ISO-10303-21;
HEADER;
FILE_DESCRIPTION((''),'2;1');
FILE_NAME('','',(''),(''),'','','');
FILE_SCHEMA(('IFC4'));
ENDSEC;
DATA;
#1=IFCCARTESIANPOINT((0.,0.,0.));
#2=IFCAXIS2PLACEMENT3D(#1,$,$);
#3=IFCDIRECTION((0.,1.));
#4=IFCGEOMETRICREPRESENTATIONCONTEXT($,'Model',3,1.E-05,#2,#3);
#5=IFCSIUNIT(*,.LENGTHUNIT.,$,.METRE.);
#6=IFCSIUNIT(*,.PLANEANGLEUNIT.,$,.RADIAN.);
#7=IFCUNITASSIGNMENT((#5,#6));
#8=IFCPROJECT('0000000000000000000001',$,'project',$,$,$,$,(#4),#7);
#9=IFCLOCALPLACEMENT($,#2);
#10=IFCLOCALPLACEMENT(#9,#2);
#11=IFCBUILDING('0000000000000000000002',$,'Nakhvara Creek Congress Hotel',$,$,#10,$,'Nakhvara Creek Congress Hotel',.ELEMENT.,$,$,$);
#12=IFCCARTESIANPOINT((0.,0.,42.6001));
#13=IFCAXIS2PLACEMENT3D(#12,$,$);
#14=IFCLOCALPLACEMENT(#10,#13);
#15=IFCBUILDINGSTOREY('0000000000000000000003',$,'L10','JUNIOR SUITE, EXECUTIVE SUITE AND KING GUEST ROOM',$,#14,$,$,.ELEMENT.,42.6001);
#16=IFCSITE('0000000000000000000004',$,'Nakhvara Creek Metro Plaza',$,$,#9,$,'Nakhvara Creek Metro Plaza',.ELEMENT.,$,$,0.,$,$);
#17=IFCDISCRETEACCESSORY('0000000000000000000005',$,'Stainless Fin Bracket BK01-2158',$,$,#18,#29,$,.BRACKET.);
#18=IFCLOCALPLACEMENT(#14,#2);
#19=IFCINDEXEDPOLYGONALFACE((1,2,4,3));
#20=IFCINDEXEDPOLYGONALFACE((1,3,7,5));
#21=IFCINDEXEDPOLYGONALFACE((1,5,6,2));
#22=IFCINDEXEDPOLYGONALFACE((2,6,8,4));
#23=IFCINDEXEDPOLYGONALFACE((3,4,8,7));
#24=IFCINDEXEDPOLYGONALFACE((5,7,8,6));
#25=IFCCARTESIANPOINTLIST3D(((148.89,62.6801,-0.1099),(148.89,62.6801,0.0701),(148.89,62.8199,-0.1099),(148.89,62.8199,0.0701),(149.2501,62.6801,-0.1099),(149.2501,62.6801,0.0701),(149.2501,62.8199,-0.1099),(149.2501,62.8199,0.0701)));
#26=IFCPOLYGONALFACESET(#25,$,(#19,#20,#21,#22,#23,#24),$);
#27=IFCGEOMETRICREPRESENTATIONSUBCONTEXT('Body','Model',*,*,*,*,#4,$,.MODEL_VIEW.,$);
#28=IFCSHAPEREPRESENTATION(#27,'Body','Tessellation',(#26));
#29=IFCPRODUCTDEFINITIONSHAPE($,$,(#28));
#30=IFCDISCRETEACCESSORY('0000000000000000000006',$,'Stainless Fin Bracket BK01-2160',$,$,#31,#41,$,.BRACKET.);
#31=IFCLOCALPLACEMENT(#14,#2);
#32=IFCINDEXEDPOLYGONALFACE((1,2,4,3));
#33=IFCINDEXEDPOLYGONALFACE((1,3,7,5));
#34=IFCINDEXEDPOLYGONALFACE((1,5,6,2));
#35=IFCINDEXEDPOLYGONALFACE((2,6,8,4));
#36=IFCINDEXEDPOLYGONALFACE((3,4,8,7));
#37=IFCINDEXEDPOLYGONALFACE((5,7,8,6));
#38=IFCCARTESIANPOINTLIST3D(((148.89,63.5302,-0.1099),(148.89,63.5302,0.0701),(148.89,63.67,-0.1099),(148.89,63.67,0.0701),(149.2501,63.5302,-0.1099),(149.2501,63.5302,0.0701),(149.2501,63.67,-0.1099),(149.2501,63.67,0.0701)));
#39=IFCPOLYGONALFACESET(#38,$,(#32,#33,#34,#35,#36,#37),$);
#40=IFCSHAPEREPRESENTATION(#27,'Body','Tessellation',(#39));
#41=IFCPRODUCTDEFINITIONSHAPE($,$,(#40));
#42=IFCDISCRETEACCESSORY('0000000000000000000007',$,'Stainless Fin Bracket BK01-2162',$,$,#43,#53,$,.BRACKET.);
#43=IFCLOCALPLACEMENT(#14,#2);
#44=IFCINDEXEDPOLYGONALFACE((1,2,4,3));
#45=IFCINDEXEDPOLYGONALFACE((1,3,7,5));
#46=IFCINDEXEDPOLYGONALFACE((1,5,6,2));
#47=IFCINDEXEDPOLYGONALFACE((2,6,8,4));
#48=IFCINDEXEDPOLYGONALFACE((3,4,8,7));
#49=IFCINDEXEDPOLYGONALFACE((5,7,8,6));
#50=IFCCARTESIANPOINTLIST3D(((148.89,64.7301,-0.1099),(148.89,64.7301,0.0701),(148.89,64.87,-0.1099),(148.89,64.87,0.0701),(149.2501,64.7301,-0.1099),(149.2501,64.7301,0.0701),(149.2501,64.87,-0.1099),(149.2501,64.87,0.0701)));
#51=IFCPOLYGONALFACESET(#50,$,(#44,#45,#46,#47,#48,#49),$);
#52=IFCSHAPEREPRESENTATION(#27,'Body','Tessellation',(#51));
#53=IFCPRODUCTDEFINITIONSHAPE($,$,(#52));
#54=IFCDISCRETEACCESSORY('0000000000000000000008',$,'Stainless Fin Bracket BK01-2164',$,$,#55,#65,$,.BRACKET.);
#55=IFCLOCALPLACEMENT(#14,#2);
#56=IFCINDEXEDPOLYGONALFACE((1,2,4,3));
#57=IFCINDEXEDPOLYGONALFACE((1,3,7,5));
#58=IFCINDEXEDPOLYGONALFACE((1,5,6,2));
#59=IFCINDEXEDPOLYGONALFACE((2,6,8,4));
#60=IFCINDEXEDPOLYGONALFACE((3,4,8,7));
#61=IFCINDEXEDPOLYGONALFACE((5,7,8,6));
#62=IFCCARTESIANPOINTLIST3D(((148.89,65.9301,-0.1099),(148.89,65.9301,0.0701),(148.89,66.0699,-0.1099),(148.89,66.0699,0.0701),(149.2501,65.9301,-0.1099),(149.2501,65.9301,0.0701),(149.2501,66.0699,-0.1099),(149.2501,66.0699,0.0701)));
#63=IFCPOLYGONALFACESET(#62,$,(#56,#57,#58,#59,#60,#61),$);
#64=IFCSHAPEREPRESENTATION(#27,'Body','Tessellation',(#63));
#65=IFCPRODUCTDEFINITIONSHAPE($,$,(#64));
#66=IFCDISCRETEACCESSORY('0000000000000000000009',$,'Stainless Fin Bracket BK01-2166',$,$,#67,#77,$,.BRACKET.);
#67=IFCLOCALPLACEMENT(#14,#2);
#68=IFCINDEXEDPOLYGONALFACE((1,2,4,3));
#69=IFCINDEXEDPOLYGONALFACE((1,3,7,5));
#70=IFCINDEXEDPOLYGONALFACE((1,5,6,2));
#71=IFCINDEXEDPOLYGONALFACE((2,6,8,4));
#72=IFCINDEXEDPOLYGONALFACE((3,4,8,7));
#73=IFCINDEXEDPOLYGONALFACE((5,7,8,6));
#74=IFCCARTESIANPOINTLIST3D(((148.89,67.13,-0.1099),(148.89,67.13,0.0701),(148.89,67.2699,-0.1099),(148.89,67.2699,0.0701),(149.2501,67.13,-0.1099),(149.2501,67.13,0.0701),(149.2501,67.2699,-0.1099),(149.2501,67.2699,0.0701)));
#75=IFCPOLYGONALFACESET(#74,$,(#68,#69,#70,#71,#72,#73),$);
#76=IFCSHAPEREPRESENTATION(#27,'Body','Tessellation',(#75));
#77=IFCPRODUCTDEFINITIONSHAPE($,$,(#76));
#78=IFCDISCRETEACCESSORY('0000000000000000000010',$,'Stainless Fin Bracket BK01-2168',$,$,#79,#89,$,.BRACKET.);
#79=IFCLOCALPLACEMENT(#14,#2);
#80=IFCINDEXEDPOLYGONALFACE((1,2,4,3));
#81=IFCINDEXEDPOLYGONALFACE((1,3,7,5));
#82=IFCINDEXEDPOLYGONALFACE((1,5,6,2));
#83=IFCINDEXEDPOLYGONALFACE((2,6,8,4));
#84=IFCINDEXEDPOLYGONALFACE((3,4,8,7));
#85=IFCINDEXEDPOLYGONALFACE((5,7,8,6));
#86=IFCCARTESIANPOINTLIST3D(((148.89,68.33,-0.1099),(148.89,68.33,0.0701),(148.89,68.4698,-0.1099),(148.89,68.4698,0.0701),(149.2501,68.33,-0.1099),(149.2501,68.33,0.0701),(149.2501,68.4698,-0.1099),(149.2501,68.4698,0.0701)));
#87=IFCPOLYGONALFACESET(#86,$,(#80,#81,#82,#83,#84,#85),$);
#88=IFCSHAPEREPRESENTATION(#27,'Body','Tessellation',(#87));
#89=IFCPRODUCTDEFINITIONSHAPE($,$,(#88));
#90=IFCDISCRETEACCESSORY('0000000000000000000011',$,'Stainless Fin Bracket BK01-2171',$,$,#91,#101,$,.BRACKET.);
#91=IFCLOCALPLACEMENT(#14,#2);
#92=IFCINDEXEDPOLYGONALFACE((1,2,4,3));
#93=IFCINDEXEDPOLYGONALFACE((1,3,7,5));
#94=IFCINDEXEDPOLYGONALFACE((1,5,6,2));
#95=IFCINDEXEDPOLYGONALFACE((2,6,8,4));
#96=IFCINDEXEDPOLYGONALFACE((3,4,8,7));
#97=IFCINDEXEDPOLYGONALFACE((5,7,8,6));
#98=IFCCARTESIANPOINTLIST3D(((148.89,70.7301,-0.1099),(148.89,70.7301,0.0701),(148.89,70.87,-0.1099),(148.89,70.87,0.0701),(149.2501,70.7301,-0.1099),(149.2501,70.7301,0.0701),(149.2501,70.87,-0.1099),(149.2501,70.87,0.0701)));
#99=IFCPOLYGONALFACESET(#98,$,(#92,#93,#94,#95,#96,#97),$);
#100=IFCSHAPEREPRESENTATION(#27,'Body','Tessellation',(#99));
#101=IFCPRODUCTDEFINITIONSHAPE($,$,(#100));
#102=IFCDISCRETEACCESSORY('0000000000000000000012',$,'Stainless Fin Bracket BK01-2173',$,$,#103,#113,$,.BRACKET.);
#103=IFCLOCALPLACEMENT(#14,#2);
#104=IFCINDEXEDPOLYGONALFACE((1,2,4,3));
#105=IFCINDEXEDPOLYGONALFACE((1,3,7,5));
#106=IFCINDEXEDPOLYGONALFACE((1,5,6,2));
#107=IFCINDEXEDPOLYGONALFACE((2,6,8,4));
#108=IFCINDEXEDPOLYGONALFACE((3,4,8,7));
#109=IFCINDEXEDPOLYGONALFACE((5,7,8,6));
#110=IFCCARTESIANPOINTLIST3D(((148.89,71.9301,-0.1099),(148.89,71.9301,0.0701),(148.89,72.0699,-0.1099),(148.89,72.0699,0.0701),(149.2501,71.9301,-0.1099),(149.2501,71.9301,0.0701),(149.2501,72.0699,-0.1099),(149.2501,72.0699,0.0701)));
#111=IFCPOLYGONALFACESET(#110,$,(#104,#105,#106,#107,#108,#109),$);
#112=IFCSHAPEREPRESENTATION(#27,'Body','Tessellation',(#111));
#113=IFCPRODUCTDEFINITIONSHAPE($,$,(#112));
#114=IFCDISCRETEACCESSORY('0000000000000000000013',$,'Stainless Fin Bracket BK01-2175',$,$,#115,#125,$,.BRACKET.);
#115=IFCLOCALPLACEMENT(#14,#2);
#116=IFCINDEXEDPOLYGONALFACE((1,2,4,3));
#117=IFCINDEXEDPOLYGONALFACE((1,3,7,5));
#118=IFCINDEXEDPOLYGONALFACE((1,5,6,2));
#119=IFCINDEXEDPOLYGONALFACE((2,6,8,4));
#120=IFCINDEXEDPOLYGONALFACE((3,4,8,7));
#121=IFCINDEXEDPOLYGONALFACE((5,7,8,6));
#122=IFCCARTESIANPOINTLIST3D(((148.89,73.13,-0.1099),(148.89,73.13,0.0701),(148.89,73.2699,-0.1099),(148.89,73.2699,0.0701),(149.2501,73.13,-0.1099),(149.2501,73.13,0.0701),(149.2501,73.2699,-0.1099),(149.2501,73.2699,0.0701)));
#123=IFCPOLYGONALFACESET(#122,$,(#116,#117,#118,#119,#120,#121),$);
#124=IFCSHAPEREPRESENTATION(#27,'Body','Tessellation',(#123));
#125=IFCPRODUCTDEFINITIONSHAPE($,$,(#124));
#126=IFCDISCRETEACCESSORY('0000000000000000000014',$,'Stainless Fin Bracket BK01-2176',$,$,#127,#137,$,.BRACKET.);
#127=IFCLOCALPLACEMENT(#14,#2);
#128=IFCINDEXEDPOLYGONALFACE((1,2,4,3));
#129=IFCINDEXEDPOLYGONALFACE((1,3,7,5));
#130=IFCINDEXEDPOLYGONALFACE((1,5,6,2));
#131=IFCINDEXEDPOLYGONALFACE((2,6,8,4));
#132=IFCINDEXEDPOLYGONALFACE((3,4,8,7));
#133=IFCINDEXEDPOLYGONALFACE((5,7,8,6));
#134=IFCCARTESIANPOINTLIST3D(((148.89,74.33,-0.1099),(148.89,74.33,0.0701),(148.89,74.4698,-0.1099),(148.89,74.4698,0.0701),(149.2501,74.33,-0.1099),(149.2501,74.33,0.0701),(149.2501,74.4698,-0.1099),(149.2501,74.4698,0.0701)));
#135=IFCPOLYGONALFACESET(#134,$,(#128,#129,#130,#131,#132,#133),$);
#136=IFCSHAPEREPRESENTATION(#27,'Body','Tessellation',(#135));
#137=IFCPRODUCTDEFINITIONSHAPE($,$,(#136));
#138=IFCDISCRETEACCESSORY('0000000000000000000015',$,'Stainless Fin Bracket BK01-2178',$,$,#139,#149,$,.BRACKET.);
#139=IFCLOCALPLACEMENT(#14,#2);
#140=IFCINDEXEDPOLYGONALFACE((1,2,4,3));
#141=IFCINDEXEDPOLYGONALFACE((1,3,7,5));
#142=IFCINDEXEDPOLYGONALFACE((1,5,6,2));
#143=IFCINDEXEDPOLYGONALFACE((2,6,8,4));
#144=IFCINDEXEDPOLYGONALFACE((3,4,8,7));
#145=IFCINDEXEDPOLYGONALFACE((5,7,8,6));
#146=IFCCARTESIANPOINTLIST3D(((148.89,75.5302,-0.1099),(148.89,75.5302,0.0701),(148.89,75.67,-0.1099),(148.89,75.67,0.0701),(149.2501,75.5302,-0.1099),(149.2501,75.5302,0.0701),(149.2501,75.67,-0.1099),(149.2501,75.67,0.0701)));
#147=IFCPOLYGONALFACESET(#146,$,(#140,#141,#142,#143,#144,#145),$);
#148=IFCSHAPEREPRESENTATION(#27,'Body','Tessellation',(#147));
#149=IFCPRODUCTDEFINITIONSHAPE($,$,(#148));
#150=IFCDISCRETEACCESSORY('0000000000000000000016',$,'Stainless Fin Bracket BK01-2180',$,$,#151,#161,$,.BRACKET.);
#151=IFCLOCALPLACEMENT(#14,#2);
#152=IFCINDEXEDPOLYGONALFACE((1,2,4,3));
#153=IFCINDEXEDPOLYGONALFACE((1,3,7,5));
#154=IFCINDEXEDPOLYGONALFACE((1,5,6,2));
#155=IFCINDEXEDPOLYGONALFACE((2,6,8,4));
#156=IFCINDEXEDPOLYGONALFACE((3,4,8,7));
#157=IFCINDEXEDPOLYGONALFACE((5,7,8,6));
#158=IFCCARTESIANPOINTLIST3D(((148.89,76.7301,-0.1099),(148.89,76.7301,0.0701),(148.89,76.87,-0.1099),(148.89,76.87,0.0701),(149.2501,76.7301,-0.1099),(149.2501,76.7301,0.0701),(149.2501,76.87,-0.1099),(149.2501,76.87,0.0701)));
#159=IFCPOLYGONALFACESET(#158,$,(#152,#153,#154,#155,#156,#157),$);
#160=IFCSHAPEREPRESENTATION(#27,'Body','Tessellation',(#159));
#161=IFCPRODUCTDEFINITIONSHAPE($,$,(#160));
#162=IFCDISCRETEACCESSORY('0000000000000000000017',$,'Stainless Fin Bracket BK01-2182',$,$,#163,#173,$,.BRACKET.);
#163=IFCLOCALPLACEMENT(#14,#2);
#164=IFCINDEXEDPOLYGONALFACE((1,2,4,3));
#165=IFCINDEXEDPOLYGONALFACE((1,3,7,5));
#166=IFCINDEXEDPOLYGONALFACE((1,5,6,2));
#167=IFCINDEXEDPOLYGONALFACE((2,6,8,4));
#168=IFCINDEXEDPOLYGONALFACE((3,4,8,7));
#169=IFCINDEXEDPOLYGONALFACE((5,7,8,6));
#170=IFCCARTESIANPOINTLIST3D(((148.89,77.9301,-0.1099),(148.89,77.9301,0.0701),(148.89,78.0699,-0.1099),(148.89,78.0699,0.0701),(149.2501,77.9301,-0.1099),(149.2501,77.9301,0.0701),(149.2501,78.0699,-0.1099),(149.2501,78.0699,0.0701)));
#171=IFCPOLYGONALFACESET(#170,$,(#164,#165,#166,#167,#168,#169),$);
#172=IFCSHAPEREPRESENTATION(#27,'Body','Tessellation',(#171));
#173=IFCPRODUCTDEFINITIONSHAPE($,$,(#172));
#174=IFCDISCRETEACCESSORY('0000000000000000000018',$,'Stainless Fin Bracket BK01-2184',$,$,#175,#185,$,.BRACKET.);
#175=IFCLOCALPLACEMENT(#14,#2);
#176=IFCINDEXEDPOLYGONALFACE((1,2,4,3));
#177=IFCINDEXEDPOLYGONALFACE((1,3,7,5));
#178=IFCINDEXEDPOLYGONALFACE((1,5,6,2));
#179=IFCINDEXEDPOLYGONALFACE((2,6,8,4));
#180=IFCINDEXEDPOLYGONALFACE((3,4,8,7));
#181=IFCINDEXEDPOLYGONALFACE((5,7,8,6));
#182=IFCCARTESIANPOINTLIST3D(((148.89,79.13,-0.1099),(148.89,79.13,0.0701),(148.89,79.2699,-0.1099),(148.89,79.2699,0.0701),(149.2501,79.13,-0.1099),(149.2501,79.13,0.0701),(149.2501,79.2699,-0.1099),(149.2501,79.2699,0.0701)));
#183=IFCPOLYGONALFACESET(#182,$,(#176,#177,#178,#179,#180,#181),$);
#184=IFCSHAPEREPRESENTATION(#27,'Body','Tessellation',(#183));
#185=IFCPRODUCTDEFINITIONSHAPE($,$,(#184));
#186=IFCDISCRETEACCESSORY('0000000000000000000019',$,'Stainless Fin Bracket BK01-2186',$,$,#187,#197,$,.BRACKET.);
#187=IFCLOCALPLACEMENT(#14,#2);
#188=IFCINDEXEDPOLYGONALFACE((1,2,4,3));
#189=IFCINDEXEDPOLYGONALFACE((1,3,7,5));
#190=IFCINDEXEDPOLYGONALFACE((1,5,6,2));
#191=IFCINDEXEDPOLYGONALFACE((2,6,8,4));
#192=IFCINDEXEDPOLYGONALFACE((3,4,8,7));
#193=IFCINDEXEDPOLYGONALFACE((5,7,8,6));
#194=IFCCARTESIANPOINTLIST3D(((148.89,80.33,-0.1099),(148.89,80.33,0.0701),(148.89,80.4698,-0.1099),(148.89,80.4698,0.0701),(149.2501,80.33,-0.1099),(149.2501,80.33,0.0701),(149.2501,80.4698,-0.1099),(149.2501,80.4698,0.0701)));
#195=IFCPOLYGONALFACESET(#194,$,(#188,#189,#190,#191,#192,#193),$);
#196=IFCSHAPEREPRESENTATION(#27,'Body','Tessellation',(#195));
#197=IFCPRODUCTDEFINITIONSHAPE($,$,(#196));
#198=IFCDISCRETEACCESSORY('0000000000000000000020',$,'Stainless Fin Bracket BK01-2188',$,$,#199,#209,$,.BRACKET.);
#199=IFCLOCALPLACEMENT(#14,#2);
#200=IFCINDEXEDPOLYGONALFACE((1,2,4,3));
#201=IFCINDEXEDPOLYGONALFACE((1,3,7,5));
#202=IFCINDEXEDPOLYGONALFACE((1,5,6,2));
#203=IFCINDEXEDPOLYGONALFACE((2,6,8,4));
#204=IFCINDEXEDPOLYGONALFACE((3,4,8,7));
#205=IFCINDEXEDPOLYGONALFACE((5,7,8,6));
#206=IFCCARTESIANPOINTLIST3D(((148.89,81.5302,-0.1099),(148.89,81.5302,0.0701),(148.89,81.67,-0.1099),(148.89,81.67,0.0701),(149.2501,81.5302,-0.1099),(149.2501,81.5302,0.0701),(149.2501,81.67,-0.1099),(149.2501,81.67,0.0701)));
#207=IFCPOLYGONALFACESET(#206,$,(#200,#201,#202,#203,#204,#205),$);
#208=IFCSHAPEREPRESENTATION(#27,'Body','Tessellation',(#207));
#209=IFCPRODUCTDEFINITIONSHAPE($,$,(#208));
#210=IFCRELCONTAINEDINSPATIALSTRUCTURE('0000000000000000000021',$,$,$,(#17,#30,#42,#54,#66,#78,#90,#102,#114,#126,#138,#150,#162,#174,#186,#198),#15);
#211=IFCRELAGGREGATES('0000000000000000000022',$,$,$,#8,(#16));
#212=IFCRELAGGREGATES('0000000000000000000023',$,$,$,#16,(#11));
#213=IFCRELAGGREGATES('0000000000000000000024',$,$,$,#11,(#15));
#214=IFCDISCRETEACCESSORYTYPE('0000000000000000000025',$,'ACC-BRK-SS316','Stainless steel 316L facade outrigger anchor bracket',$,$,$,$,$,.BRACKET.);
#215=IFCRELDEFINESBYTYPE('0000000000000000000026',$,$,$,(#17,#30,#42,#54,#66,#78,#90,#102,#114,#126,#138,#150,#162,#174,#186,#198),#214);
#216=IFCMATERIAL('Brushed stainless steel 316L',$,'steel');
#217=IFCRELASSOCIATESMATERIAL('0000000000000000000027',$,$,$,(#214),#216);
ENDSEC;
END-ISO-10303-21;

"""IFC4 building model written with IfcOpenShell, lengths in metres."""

from ifc_helpers import new_model, si_unit, direction, frame, origin, origin_2d, place, context, subcontext, project, spatial, rectangle, extrude, material, type_object, element, save


model = new_model("IFC4")

# Units and contexts
model_context = context("Model", 3, precision=1e-05, world=origin(), true_north=direction((0.0, 1.0)))
body_context = subcontext(model_context, "Body", "Model", "MODEL_VIEW")
ifc_project = project(units=[si_unit("LENGTHUNIT", "METRE"), si_unit("PLANEANGLEUNIT", "RADIAN")], contexts=[model_context])

# Site, building, storey
site_placement = place(None, origin())
site = spatial("IfcSite", under=ifc_project, at=site_placement, Name="Nakhvara Creek Metro Plaza", LongName="Nakhvara Creek Metro Plaza", CompositionType="ELEMENT", RefElevation=0.0)
building_placement = place(site_placement, origin())
building = spatial("IfcBuilding", under=site, at=building_placement, Name="Nakhvara Creek Congress Hotel", LongName="Nakhvara Creek Congress Hotel", CompositionType="ELEMENT")
storey_placement = place(building_placement, frame((0.0, 0.0, 42.6001)))
storey = spatial("IfcBuildingStorey", under=building, at=storey_placement, Name="L10", Description="JUNIOR SUITE, EXECUTIVE SUITE AND KING GUEST ROOM", CompositionType="ELEMENT", Elevation=42.6001)

# Discrete accessories
ifc_material_1 = material(Name="Brushed stainless steel 316L", Category="steel")
discrete_accessory_type = type_object("IfcDiscreteAccessoryType", Name="ACC-BRK-SS316", Description="Stainless steel 316L facade outrigger anchor bracket", PredefinedType="BRACKET", material=ifc_material_1)
for number, where, z_axis, x_axis, name in (
    (1, (149.0701, 62.75, -0.1099), (0.0, 0.0, 1.0), (0.0, 1.0, 0.0), "Stainless Fin Bracket BK01-2158"),
    (2, (149.0701, 63.6001, -0.1099), (0.0, 0.0, 1.0), (0.0, 1.0, 0.0), "Stainless Fin Bracket BK01-2160"),
    (3, (149.0701, 64.8, -0.1099), (0.0, 0.0, 1.0), (0.0, 1.0, 0.0), "Stainless Fin Bracket BK01-2162"),
    (4, (149.0701, 66.0, -0.1099), (0.0, 0.0, 1.0), (0.0, 1.0, 0.0), "Stainless Fin Bracket BK01-2164"),
    (5, (149.0701, 67.2, -0.1099), (0.0, 0.0, 1.0), (0.0, 1.0, 0.0), "Stainless Fin Bracket BK01-2166"),
    (6, (149.0701, 68.3999, -0.1099), (0.0, 0.0, 1.0), (0.0, 1.0, 0.0), "Stainless Fin Bracket BK01-2168"),
    (7, (149.0701, 70.8, -0.1099), (0.0, 0.0, 1.0), (0.0, 1.0, 0.0), "Stainless Fin Bracket BK01-2171"),
    (8, (149.0701, 72.0, -0.1099), (0.0, 0.0, 1.0), (0.0, 1.0, 0.0), "Stainless Fin Bracket BK01-2173"),
    (9, (149.0701, 73.2, -0.1099), (0.0, 0.0, 1.0), (0.0, 1.0, 0.0), "Stainless Fin Bracket BK01-2175"),
    (10, (149.0701, 74.3999, -0.1099), (0.0, 0.0, 1.0), (0.0, 1.0, 0.0), "Stainless Fin Bracket BK01-2176"),
    (11, (149.0701, 75.6001, -0.1099), (0.0, 0.0, 1.0), (0.0, 1.0, 0.0), "Stainless Fin Bracket BK01-2178"),
    (12, (149.0701, 76.8, -0.1099), (0.0, 0.0, 1.0), (0.0, 1.0, 0.0), "Stainless Fin Bracket BK01-2180"),
    (13, (149.0701, 78.0, -0.1099), (0.0, 0.0, 1.0), (0.0, 1.0, 0.0), "Stainless Fin Bracket BK01-2182"),
    (14, (149.0701, 79.2, -0.1099), (0.0, 0.0, 1.0), (0.0, 1.0, 0.0), "Stainless Fin Bracket BK01-2184"),
    (15, (149.0701, 80.3999, -0.1099), (0.0, 0.0, 1.0), (0.0, 1.0, 0.0), "Stainless Fin Bracket BK01-2186"),
    (16, (149.0701, 81.6001, -0.1099), (0.0, 0.0, 1.0), (0.0, 1.0, 0.0), "Stainless Fin Bracket BK01-2188"),
):
    element("IfcDiscreteAccessory", number, at=place(storey_placement, frame(where, z_axis=z_axis, x_axis=x_axis)), inside=storey, type_object=discrete_accessory_type, Name=name, PredefinedType="BRACKET", context=body_context, shape_type="SweptSolid", body=[
        extrude(rectangle(XDim=0.1399, YDim=0.3601, at=origin_2d()), origin(), (0.0, 0.0, 1.0), 0.1799),
    ])

save(model, "model.ifc")
